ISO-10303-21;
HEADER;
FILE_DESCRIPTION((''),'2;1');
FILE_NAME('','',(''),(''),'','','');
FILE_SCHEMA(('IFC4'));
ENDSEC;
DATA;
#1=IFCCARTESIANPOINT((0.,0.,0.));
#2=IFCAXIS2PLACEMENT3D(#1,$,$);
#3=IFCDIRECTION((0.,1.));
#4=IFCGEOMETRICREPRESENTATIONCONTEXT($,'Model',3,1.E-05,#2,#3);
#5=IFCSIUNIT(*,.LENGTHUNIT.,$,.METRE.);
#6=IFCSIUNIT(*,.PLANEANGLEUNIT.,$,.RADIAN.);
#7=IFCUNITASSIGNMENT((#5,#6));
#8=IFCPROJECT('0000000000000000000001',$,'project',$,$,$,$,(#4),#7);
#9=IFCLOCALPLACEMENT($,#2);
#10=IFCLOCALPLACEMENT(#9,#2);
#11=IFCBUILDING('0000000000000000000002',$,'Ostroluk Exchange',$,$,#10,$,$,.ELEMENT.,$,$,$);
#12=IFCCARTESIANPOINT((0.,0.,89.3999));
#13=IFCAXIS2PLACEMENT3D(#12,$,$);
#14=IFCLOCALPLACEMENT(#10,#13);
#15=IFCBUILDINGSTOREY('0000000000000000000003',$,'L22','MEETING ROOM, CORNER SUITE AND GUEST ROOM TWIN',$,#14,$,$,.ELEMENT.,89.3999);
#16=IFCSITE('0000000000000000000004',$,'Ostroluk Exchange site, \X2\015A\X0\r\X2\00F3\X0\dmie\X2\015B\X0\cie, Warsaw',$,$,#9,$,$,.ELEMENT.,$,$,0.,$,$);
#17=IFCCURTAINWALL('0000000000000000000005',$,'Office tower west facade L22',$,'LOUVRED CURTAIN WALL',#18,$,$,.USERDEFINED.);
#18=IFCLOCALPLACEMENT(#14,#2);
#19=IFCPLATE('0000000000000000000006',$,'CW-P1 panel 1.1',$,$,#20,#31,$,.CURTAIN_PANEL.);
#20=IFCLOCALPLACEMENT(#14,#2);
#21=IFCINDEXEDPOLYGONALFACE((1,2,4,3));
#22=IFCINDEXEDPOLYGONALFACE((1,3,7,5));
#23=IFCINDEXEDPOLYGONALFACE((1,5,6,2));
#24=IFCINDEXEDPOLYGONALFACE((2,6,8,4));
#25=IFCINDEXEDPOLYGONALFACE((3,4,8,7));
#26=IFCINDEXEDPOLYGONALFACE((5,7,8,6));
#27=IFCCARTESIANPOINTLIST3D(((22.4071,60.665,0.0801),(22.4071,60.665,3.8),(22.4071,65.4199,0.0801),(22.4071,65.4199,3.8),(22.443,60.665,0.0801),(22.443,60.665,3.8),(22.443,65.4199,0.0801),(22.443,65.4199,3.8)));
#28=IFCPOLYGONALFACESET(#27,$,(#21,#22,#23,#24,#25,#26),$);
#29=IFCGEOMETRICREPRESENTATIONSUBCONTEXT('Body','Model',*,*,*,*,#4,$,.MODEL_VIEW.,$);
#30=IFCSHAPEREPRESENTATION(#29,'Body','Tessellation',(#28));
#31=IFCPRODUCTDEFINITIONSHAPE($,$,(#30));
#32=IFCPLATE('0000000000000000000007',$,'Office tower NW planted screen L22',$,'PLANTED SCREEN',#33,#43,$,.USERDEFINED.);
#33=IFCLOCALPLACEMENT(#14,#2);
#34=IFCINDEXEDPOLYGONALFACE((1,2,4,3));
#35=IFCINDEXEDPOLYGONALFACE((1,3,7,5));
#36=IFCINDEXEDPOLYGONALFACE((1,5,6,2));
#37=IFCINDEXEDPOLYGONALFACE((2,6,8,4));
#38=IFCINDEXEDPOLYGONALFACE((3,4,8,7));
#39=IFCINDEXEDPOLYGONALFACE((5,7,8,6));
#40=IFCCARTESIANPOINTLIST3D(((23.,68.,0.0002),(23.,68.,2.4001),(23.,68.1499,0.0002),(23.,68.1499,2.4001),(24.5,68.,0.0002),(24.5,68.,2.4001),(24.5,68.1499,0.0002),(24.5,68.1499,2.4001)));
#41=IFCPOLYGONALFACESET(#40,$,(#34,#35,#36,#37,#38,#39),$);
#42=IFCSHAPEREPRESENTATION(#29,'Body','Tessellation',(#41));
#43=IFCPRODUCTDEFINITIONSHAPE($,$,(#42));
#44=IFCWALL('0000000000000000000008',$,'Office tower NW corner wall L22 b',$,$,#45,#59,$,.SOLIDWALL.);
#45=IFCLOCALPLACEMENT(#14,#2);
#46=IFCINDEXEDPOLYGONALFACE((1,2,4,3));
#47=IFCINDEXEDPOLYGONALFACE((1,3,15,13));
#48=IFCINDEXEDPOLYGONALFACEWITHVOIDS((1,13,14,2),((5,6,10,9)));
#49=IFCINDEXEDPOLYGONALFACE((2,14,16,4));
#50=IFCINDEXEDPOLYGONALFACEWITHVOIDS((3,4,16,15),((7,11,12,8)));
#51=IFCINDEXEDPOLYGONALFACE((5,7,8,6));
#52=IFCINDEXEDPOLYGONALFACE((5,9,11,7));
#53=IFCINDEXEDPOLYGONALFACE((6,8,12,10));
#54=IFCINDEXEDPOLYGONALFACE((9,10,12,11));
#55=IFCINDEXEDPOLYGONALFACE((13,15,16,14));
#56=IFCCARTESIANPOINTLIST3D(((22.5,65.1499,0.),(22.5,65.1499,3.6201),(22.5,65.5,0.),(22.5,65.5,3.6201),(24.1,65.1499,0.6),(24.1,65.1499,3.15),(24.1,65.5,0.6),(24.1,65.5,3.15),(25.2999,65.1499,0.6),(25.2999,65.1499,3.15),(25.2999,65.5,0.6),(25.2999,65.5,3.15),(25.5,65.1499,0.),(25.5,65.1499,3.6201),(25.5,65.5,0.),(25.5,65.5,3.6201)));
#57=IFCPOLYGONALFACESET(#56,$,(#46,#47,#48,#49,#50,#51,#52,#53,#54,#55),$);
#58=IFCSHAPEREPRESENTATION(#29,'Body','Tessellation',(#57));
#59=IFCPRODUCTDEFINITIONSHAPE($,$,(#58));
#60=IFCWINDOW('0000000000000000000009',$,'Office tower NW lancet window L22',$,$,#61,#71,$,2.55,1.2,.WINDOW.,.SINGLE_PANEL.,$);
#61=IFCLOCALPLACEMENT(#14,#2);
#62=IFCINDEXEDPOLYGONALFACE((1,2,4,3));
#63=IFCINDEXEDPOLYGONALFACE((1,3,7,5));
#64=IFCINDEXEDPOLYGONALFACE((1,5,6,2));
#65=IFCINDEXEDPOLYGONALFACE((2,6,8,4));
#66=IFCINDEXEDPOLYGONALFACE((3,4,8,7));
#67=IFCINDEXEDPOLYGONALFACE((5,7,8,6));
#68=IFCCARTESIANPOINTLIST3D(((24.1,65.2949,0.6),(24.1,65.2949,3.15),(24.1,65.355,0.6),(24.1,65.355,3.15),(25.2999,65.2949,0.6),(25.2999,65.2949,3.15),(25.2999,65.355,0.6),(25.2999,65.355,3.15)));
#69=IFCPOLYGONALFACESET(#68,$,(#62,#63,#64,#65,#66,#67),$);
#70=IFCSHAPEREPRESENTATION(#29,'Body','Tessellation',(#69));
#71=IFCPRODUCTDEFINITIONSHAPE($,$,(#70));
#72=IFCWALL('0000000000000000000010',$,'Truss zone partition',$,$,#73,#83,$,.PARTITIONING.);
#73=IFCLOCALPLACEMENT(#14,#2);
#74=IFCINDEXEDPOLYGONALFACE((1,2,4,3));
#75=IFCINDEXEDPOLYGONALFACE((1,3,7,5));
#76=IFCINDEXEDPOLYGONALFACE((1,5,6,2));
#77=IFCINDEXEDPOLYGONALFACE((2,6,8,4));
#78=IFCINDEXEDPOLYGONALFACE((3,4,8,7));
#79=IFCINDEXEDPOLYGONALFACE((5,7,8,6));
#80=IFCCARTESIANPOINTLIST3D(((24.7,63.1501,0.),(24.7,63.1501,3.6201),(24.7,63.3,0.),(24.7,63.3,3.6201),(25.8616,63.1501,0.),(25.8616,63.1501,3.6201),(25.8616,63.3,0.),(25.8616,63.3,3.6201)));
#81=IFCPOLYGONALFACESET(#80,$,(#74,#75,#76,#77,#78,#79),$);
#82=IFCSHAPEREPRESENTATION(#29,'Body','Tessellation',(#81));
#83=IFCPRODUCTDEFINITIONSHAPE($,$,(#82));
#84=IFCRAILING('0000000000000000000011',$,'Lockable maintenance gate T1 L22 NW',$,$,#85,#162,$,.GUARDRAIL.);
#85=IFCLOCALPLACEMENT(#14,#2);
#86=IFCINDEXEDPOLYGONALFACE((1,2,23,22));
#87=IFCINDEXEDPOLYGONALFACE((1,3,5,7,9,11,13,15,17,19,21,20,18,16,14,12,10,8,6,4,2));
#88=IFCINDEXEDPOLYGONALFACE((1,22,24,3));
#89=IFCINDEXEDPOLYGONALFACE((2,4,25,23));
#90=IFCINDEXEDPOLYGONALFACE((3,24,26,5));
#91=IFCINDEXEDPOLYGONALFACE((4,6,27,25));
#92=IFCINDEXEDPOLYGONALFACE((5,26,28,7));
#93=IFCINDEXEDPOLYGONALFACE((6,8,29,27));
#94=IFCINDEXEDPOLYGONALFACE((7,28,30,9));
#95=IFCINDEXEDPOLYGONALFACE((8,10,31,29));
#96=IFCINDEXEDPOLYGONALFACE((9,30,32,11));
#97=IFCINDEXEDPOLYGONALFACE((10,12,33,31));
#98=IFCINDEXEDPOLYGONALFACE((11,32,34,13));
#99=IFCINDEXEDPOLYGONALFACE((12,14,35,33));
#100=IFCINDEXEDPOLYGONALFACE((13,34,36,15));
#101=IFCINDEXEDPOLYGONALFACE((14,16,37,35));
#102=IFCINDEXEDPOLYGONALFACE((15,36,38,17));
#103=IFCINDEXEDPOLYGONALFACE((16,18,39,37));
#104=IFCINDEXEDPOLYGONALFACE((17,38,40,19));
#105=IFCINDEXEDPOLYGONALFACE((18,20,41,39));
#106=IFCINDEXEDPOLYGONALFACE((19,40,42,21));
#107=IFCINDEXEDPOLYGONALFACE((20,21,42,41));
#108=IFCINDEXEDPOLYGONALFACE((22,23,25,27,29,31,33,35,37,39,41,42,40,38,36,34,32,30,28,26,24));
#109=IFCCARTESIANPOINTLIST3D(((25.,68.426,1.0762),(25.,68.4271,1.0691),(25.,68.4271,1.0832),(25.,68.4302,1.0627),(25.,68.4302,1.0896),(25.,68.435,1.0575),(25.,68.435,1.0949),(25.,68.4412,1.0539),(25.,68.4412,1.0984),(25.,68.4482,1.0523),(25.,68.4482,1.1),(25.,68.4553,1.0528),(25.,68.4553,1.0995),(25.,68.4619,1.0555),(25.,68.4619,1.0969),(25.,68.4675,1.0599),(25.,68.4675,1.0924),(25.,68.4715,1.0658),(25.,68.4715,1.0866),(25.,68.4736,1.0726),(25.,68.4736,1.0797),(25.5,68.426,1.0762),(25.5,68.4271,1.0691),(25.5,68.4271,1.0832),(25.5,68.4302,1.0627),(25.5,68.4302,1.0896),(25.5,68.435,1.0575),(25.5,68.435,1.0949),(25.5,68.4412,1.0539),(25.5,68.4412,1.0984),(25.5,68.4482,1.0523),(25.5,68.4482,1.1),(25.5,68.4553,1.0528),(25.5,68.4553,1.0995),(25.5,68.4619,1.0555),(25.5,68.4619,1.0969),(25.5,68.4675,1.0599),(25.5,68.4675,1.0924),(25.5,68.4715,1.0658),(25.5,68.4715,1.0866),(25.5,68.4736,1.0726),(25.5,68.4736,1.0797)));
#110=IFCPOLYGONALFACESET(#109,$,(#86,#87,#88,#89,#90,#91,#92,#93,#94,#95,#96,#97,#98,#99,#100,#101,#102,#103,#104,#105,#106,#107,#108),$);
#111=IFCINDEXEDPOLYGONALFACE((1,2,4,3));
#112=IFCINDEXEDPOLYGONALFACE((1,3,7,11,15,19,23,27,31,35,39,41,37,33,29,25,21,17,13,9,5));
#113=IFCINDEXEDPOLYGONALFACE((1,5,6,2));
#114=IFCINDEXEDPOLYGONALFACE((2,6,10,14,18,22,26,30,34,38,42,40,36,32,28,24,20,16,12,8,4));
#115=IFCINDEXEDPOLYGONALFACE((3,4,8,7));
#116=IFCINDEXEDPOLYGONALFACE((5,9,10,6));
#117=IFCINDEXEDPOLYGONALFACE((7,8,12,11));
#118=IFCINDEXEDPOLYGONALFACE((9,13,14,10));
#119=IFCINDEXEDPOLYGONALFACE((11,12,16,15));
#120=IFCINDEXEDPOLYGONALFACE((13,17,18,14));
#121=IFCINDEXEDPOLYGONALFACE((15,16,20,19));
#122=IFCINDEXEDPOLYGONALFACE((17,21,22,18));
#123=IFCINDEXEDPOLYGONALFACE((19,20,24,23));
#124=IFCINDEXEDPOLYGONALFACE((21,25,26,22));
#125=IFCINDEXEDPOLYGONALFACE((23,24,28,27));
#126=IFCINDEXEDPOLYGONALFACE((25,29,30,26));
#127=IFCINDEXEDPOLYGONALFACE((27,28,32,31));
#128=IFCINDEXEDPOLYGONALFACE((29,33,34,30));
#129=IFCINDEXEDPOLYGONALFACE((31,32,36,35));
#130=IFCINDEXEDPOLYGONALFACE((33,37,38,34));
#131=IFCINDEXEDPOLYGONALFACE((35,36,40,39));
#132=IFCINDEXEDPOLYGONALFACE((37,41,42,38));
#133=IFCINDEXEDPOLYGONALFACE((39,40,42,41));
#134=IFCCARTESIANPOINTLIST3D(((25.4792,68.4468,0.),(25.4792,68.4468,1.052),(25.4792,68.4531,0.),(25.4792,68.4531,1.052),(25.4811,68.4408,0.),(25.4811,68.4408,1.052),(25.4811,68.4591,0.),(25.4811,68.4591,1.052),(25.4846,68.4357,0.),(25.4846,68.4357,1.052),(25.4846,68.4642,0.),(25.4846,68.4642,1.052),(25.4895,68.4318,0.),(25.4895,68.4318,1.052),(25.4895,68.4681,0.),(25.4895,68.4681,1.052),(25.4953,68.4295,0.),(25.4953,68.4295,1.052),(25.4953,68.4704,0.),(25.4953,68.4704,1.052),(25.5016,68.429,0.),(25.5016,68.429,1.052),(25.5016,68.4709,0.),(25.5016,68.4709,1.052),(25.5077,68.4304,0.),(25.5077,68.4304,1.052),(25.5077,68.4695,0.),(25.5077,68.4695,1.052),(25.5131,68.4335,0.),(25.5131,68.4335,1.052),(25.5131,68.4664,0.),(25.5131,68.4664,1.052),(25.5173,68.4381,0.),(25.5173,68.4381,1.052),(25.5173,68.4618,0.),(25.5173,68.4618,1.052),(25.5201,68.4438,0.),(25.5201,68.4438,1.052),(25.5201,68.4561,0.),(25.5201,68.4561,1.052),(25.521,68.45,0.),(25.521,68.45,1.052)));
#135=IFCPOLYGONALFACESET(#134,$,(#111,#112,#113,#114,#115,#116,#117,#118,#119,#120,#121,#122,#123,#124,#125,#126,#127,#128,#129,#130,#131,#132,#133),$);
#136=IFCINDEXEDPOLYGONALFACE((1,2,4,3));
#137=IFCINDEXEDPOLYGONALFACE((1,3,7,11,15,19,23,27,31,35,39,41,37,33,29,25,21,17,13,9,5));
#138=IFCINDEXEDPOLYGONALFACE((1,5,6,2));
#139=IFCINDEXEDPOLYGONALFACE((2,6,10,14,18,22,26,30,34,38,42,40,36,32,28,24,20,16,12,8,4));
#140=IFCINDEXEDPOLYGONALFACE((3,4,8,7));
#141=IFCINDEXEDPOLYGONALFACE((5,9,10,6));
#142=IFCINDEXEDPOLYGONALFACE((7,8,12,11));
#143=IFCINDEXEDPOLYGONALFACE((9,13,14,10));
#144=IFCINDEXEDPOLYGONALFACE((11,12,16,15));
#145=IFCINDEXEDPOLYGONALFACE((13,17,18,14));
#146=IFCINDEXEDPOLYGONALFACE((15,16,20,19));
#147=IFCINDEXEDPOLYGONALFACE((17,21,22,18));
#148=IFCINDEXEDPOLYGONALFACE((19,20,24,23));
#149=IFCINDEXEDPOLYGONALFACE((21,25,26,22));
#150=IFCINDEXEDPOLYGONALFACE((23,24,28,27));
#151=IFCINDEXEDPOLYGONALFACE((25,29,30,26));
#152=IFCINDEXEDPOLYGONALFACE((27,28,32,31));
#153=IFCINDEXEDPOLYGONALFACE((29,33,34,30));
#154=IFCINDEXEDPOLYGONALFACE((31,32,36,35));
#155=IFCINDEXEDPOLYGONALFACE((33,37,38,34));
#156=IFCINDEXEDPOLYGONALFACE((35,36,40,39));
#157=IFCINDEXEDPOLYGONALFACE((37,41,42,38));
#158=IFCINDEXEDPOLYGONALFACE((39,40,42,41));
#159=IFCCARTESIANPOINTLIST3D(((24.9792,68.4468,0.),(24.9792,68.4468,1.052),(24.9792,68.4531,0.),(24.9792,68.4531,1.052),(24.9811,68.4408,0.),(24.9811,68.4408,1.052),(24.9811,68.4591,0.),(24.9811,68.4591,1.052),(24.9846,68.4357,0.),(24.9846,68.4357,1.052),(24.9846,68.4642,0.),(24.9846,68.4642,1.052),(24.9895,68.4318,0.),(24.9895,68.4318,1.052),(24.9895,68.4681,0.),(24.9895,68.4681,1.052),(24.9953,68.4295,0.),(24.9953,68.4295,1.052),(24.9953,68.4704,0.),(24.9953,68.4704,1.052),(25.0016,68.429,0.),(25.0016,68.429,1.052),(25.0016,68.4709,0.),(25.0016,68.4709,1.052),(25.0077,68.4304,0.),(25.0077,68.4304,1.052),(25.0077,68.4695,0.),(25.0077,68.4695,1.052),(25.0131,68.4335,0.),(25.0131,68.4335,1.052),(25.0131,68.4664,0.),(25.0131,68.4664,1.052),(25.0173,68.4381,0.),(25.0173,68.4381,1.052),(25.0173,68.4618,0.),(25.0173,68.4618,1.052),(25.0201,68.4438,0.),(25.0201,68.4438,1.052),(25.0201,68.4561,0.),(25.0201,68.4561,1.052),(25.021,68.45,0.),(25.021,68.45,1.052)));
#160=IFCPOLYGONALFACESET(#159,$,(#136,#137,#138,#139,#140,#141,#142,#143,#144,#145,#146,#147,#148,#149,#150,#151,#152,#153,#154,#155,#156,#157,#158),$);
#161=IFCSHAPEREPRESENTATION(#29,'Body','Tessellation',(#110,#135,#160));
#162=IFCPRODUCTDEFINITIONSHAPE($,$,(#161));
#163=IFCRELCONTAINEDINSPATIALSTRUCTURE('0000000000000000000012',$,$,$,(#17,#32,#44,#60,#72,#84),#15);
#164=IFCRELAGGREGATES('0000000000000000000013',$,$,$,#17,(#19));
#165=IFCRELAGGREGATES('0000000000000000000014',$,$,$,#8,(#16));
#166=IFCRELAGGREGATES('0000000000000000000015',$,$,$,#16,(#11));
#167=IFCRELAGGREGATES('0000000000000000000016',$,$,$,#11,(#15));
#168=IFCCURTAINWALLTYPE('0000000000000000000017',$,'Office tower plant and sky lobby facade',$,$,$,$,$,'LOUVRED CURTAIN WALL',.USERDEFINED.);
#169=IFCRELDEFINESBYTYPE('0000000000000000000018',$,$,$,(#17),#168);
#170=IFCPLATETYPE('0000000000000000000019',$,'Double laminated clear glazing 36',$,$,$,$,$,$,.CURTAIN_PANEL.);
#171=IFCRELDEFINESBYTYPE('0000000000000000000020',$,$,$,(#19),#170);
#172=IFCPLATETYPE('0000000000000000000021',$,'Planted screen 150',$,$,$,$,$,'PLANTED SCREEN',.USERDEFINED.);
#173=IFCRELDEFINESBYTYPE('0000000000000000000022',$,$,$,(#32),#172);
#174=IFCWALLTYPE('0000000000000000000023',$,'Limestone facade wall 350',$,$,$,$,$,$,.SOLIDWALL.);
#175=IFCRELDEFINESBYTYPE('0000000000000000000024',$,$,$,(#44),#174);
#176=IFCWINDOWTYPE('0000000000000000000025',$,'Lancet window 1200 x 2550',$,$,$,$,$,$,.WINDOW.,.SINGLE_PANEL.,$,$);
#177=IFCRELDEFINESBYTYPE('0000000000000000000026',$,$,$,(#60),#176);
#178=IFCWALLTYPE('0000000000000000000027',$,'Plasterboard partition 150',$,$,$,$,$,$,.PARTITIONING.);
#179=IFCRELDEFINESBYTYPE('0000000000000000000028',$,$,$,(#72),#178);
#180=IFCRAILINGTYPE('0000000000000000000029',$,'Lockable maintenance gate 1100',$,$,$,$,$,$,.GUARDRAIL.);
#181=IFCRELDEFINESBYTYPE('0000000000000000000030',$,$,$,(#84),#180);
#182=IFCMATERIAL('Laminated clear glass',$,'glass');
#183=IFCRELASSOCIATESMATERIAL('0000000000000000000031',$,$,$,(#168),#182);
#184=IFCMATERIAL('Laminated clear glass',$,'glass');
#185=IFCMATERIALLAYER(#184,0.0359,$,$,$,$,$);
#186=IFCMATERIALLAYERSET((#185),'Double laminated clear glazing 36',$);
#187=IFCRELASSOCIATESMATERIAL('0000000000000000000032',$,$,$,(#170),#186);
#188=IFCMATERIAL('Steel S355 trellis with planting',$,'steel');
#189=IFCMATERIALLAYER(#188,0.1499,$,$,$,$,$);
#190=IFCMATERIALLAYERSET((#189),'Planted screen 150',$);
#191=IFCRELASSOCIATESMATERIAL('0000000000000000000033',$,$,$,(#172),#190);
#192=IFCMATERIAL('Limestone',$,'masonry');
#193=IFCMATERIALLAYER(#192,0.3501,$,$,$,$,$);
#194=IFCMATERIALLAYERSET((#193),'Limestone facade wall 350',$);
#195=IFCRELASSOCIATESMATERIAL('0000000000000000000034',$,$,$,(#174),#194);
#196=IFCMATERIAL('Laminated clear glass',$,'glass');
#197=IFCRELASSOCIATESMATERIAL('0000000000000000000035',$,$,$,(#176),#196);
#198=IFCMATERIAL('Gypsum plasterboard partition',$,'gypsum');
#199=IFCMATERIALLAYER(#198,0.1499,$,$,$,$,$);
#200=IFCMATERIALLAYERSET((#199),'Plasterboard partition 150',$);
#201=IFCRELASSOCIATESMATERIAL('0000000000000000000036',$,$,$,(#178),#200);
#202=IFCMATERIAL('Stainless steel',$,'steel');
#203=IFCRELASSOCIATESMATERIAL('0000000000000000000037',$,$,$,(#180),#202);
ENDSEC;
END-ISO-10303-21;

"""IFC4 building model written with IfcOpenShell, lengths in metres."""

from ifc_helpers import new_model, si_unit, direction, frame, frame_2d, origin, origin_2d, place, context, subcontext, project, spatial, rectangle, circle, extrude, material, layer, layer_set, type_object, element, fill, aggregate, save


model = new_model("IFC4")

# Units and contexts
model_context = context("Model", 3, precision=1e-05, world=origin(), true_north=direction((0.0, 1.0)))
body_context = subcontext(model_context, "Body", "Model", "MODEL_VIEW")
ifc_project = project(units=[si_unit("LENGTHUNIT", "METRE"), si_unit("PLANEANGLEUNIT", "RADIAN")], contexts=[model_context])

# Site, building, storey
site_placement = place(None, origin())
site = spatial("IfcSite", under=ifc_project, at=site_placement, Name="Ostroluk Exchange site, Śródmieście, Warsaw", CompositionType="ELEMENT", RefElevation=0.0)
building_placement = place(site_placement, origin())
building = spatial("IfcBuilding", under=site, at=building_placement, Name="Ostroluk Exchange", CompositionType="ELEMENT")
storey_placement = place(building_placement, frame((0.0, 0.0, 89.3999)))
storey = spatial("IfcBuildingStorey", under=building, at=storey_placement, Name="L22", Description="MEETING ROOM, CORNER SUITE AND GUEST ROOM TWIN", CompositionType="ELEMENT", Elevation=89.3999)

# Curtain wall
ifc_material_1 = material(Name="Laminated clear glass", Category="glass")
curtain_wall_type = type_object("IfcCurtainWallType", Name="Office tower plant and sky lobby facade", ElementType="LOUVRED CURTAIN WALL", PredefinedType="USERDEFINED", material=ifc_material_1)
curtain_wall_1_placement = place(storey_placement, origin())
curtain_wall_1 = element("IfcCurtainWall", 1, at=curtain_wall_1_placement, inside=storey, type_object=curtain_wall_type, Name="Office tower west facade L22", ObjectType="LOUVRED CURTAIN WALL", PredefinedType="USERDEFINED")

# Plates
ifc_material_2 = material(Name="Laminated clear glass", Category="glass")
ifc_layer_1 = layer(ifc_material_2, 0.0359)
ifc_layer_set_1 = layer_set([ifc_layer_1], Name="Double laminated clear glazing 36")
plate_type_1 = type_object("IfcPlateType", Name="Double laminated clear glazing 36", PredefinedType="CURTAIN_PANEL", material=ifc_layer_set_1)
plate_1_placement = place(storey_placement, frame((22.425, 63.0425, 0.0801), z_axis=(0.0, 0.0, 1.0), x_axis=(0.0, -1.0, 0.0)))
plate_1 = element("IfcPlate", 2, at=plate_1_placement, type_object=plate_type_1, Name="CW-P1 panel 1.1", PredefinedType="CURTAIN_PANEL", context=body_context, shape_type="SweptSolid", body=[
    extrude(rectangle(XDim=4.7549, YDim=0.0359, at=origin_2d()), origin(), (0.0, 0.0, 1.0), 3.72),
])
aggregate(curtain_wall_1, [plate_1])
ifc_material_3 = material(Name="Steel S355 trellis with planting", Category="steel")
ifc_layer_2 = layer(ifc_material_3, 0.1499)
ifc_layer_set_2 = layer_set([ifc_layer_2], Name="Planted screen 150")
plate_type_2 = type_object("IfcPlateType", Name="Planted screen 150", ElementType="PLANTED SCREEN", PredefinedType="USERDEFINED", material=ifc_layer_set_2)
plate_2_placement = place(storey_placement, frame((23.75, 68.075, 0.0002), z_axis=(0.0, 0.0, 1.0), x_axis=(1.0, 0.0, 0.0)))
element("IfcPlate", 3, at=plate_2_placement, inside=storey, type_object=plate_type_2, Name="Office tower NW planted screen L22", ObjectType="PLANTED SCREEN", PredefinedType="USERDEFINED", context=body_context, shape_type="SweptSolid", body=[
    extrude(rectangle(XDim=1.5, YDim=0.1499, at=origin_2d()), origin(), (0.0, 0.0, 1.0), 2.3999),
])

# Shared definitions
ifc_material_4 = material(Name="Limestone", Category="masonry")
ifc_layer_3 = layer(ifc_material_4, 0.3501)
ifc_layer_set_3 = layer_set([ifc_layer_3], Name="Limestone facade wall 350")
wall_type_1 = type_object("IfcWallType", Name="Limestone facade wall 350", PredefinedType="SOLIDWALL", material=ifc_layer_set_3)

# Wall, opening, window
wall_1_placement = place(storey_placement, frame((25.5, 65.325, 0.0), z_axis=(0.0, 0.0, 1.0), x_axis=(-1.0, 0.0, 0.0)))
wall_1 = element("IfcWall", 4, at=wall_1_placement, inside=storey, type_object=wall_type_1, Name="Office tower NW corner wall L22 b", PredefinedType="SOLIDWALL", context=body_context, shape_type="SweptSolid", body=[
    extrude(rectangle(XDim=3.0, YDim=0.3501, at=frame_2d((1.5, 0.0))), origin(), (0.0, 0.0, 1.0), 3.6201),
])
opening_1_placement = place(wall_1_placement, frame((0.2, 0.0, 0.6001)))
opening_1 = element("IfcOpeningElement", 5, at=opening_1_placement, cuts=wall_1, PredefinedType="OPENING", context=body_context, shape_type="SweptSolid", body=[
    extrude(rectangle(XDim=1.2, YDim=2.55, at=frame_2d((0.6001, 1.2749))), frame((0.0, 0.1851, 0.0), z_axis=(0.0, -1.0, 0.0), x_axis=(1.0, 0.0, 0.0)), (0.0, 0.0, 1.0), 0.3701),
])
ifc_material_5 = material(Name="Laminated clear glass", Category="glass")
window_type = type_object("IfcWindowType", Name="Lancet window 1200 x 2550", PartitioningType="SINGLE_PANEL", PredefinedType="WINDOW", material=ifc_material_5)
window_placement = place(opening_1_placement, origin())
window = element("IfcWindow", 6, at=window_placement, inside=storey, type_object=window_type, Name="Office tower NW lancet window L22", OverallHeight=2.55, OverallWidth=1.2, PartitioningType="SINGLE_PANEL", PredefinedType="WINDOW", context=body_context, shape_type="SweptSolid", body=[
    extrude(rectangle(XDim=1.2, YDim=2.55, at=frame_2d((0.6001, 1.2749))), frame((0.0, 0.03, 0.0), z_axis=(0.0, -1.0, 0.0), x_axis=(1.0, 0.0, 0.0)), (0.0, 0.0, 1.0), 0.0601),
])
fill(opening_1, window)

# Wall
ifc_material_6 = material(Name="Gypsum plasterboard partition", Category="gypsum")
ifc_layer_4 = layer(ifc_material_6, 0.1499)
ifc_layer_set_4 = layer_set([ifc_layer_4], Name="Plasterboard partition 150")
wall_type_2 = type_object("IfcWallType", Name="Plasterboard partition 150", PredefinedType="PARTITIONING", material=ifc_layer_set_4)
wall_2_placement = place(storey_placement, frame((24.7, 63.2251, 0.0), z_axis=(0.0, 0.0, 1.0), x_axis=(1.0, 0.0, 0.0)))
element("IfcWall", 7, at=wall_2_placement, inside=storey, type_object=wall_type_2, Name="Truss zone partition", PredefinedType="PARTITIONING", context=body_context, shape_type="SweptSolid", body=[
    extrude(rectangle(XDim=1.1616, YDim=0.1499, at=frame_2d((0.5808, 0.0))), origin(), (0.0, 0.0, 1.0), 3.6201),
])

# Railing
ifc_material_7 = material(Name="Stainless steel", Category="steel")
railing_type_1 = type_object("IfcRailingType", Name="Lockable maintenance gate 1100", PredefinedType="GUARDRAIL", material=ifc_material_7)
railing_1_placement = place(storey_placement, frame((25.5, 68.45, 0.0)))
element("IfcRailing", 8, at=railing_1_placement, inside=storey, type_object=railing_type_1, Name="Lockable maintenance gate T1 L22 NW", PredefinedType="GUARDRAIL", context=body_context, shape_type="SweptSolid", body=[
    extrude(circle(Radius=0.0239, at=origin_2d()), frame((0.0, 0.0, 1.0762), z_axis=(-1.0, 0.0, 0.0), x_axis=(0.0, -1.0, 0.0)), (0.0, 0.0, 1.0), 0.5),
    extrude(circle(Radius=0.021, at=origin_2d()), origin(), (0.0, 0.0, 1.0), 1.052),
    extrude(circle(Radius=0.021, at=origin_2d()), frame((-0.5, 0.0, 0.0)), (0.0, 0.0, 1.0), 1.052),
])

save(model, "model.ifc")
